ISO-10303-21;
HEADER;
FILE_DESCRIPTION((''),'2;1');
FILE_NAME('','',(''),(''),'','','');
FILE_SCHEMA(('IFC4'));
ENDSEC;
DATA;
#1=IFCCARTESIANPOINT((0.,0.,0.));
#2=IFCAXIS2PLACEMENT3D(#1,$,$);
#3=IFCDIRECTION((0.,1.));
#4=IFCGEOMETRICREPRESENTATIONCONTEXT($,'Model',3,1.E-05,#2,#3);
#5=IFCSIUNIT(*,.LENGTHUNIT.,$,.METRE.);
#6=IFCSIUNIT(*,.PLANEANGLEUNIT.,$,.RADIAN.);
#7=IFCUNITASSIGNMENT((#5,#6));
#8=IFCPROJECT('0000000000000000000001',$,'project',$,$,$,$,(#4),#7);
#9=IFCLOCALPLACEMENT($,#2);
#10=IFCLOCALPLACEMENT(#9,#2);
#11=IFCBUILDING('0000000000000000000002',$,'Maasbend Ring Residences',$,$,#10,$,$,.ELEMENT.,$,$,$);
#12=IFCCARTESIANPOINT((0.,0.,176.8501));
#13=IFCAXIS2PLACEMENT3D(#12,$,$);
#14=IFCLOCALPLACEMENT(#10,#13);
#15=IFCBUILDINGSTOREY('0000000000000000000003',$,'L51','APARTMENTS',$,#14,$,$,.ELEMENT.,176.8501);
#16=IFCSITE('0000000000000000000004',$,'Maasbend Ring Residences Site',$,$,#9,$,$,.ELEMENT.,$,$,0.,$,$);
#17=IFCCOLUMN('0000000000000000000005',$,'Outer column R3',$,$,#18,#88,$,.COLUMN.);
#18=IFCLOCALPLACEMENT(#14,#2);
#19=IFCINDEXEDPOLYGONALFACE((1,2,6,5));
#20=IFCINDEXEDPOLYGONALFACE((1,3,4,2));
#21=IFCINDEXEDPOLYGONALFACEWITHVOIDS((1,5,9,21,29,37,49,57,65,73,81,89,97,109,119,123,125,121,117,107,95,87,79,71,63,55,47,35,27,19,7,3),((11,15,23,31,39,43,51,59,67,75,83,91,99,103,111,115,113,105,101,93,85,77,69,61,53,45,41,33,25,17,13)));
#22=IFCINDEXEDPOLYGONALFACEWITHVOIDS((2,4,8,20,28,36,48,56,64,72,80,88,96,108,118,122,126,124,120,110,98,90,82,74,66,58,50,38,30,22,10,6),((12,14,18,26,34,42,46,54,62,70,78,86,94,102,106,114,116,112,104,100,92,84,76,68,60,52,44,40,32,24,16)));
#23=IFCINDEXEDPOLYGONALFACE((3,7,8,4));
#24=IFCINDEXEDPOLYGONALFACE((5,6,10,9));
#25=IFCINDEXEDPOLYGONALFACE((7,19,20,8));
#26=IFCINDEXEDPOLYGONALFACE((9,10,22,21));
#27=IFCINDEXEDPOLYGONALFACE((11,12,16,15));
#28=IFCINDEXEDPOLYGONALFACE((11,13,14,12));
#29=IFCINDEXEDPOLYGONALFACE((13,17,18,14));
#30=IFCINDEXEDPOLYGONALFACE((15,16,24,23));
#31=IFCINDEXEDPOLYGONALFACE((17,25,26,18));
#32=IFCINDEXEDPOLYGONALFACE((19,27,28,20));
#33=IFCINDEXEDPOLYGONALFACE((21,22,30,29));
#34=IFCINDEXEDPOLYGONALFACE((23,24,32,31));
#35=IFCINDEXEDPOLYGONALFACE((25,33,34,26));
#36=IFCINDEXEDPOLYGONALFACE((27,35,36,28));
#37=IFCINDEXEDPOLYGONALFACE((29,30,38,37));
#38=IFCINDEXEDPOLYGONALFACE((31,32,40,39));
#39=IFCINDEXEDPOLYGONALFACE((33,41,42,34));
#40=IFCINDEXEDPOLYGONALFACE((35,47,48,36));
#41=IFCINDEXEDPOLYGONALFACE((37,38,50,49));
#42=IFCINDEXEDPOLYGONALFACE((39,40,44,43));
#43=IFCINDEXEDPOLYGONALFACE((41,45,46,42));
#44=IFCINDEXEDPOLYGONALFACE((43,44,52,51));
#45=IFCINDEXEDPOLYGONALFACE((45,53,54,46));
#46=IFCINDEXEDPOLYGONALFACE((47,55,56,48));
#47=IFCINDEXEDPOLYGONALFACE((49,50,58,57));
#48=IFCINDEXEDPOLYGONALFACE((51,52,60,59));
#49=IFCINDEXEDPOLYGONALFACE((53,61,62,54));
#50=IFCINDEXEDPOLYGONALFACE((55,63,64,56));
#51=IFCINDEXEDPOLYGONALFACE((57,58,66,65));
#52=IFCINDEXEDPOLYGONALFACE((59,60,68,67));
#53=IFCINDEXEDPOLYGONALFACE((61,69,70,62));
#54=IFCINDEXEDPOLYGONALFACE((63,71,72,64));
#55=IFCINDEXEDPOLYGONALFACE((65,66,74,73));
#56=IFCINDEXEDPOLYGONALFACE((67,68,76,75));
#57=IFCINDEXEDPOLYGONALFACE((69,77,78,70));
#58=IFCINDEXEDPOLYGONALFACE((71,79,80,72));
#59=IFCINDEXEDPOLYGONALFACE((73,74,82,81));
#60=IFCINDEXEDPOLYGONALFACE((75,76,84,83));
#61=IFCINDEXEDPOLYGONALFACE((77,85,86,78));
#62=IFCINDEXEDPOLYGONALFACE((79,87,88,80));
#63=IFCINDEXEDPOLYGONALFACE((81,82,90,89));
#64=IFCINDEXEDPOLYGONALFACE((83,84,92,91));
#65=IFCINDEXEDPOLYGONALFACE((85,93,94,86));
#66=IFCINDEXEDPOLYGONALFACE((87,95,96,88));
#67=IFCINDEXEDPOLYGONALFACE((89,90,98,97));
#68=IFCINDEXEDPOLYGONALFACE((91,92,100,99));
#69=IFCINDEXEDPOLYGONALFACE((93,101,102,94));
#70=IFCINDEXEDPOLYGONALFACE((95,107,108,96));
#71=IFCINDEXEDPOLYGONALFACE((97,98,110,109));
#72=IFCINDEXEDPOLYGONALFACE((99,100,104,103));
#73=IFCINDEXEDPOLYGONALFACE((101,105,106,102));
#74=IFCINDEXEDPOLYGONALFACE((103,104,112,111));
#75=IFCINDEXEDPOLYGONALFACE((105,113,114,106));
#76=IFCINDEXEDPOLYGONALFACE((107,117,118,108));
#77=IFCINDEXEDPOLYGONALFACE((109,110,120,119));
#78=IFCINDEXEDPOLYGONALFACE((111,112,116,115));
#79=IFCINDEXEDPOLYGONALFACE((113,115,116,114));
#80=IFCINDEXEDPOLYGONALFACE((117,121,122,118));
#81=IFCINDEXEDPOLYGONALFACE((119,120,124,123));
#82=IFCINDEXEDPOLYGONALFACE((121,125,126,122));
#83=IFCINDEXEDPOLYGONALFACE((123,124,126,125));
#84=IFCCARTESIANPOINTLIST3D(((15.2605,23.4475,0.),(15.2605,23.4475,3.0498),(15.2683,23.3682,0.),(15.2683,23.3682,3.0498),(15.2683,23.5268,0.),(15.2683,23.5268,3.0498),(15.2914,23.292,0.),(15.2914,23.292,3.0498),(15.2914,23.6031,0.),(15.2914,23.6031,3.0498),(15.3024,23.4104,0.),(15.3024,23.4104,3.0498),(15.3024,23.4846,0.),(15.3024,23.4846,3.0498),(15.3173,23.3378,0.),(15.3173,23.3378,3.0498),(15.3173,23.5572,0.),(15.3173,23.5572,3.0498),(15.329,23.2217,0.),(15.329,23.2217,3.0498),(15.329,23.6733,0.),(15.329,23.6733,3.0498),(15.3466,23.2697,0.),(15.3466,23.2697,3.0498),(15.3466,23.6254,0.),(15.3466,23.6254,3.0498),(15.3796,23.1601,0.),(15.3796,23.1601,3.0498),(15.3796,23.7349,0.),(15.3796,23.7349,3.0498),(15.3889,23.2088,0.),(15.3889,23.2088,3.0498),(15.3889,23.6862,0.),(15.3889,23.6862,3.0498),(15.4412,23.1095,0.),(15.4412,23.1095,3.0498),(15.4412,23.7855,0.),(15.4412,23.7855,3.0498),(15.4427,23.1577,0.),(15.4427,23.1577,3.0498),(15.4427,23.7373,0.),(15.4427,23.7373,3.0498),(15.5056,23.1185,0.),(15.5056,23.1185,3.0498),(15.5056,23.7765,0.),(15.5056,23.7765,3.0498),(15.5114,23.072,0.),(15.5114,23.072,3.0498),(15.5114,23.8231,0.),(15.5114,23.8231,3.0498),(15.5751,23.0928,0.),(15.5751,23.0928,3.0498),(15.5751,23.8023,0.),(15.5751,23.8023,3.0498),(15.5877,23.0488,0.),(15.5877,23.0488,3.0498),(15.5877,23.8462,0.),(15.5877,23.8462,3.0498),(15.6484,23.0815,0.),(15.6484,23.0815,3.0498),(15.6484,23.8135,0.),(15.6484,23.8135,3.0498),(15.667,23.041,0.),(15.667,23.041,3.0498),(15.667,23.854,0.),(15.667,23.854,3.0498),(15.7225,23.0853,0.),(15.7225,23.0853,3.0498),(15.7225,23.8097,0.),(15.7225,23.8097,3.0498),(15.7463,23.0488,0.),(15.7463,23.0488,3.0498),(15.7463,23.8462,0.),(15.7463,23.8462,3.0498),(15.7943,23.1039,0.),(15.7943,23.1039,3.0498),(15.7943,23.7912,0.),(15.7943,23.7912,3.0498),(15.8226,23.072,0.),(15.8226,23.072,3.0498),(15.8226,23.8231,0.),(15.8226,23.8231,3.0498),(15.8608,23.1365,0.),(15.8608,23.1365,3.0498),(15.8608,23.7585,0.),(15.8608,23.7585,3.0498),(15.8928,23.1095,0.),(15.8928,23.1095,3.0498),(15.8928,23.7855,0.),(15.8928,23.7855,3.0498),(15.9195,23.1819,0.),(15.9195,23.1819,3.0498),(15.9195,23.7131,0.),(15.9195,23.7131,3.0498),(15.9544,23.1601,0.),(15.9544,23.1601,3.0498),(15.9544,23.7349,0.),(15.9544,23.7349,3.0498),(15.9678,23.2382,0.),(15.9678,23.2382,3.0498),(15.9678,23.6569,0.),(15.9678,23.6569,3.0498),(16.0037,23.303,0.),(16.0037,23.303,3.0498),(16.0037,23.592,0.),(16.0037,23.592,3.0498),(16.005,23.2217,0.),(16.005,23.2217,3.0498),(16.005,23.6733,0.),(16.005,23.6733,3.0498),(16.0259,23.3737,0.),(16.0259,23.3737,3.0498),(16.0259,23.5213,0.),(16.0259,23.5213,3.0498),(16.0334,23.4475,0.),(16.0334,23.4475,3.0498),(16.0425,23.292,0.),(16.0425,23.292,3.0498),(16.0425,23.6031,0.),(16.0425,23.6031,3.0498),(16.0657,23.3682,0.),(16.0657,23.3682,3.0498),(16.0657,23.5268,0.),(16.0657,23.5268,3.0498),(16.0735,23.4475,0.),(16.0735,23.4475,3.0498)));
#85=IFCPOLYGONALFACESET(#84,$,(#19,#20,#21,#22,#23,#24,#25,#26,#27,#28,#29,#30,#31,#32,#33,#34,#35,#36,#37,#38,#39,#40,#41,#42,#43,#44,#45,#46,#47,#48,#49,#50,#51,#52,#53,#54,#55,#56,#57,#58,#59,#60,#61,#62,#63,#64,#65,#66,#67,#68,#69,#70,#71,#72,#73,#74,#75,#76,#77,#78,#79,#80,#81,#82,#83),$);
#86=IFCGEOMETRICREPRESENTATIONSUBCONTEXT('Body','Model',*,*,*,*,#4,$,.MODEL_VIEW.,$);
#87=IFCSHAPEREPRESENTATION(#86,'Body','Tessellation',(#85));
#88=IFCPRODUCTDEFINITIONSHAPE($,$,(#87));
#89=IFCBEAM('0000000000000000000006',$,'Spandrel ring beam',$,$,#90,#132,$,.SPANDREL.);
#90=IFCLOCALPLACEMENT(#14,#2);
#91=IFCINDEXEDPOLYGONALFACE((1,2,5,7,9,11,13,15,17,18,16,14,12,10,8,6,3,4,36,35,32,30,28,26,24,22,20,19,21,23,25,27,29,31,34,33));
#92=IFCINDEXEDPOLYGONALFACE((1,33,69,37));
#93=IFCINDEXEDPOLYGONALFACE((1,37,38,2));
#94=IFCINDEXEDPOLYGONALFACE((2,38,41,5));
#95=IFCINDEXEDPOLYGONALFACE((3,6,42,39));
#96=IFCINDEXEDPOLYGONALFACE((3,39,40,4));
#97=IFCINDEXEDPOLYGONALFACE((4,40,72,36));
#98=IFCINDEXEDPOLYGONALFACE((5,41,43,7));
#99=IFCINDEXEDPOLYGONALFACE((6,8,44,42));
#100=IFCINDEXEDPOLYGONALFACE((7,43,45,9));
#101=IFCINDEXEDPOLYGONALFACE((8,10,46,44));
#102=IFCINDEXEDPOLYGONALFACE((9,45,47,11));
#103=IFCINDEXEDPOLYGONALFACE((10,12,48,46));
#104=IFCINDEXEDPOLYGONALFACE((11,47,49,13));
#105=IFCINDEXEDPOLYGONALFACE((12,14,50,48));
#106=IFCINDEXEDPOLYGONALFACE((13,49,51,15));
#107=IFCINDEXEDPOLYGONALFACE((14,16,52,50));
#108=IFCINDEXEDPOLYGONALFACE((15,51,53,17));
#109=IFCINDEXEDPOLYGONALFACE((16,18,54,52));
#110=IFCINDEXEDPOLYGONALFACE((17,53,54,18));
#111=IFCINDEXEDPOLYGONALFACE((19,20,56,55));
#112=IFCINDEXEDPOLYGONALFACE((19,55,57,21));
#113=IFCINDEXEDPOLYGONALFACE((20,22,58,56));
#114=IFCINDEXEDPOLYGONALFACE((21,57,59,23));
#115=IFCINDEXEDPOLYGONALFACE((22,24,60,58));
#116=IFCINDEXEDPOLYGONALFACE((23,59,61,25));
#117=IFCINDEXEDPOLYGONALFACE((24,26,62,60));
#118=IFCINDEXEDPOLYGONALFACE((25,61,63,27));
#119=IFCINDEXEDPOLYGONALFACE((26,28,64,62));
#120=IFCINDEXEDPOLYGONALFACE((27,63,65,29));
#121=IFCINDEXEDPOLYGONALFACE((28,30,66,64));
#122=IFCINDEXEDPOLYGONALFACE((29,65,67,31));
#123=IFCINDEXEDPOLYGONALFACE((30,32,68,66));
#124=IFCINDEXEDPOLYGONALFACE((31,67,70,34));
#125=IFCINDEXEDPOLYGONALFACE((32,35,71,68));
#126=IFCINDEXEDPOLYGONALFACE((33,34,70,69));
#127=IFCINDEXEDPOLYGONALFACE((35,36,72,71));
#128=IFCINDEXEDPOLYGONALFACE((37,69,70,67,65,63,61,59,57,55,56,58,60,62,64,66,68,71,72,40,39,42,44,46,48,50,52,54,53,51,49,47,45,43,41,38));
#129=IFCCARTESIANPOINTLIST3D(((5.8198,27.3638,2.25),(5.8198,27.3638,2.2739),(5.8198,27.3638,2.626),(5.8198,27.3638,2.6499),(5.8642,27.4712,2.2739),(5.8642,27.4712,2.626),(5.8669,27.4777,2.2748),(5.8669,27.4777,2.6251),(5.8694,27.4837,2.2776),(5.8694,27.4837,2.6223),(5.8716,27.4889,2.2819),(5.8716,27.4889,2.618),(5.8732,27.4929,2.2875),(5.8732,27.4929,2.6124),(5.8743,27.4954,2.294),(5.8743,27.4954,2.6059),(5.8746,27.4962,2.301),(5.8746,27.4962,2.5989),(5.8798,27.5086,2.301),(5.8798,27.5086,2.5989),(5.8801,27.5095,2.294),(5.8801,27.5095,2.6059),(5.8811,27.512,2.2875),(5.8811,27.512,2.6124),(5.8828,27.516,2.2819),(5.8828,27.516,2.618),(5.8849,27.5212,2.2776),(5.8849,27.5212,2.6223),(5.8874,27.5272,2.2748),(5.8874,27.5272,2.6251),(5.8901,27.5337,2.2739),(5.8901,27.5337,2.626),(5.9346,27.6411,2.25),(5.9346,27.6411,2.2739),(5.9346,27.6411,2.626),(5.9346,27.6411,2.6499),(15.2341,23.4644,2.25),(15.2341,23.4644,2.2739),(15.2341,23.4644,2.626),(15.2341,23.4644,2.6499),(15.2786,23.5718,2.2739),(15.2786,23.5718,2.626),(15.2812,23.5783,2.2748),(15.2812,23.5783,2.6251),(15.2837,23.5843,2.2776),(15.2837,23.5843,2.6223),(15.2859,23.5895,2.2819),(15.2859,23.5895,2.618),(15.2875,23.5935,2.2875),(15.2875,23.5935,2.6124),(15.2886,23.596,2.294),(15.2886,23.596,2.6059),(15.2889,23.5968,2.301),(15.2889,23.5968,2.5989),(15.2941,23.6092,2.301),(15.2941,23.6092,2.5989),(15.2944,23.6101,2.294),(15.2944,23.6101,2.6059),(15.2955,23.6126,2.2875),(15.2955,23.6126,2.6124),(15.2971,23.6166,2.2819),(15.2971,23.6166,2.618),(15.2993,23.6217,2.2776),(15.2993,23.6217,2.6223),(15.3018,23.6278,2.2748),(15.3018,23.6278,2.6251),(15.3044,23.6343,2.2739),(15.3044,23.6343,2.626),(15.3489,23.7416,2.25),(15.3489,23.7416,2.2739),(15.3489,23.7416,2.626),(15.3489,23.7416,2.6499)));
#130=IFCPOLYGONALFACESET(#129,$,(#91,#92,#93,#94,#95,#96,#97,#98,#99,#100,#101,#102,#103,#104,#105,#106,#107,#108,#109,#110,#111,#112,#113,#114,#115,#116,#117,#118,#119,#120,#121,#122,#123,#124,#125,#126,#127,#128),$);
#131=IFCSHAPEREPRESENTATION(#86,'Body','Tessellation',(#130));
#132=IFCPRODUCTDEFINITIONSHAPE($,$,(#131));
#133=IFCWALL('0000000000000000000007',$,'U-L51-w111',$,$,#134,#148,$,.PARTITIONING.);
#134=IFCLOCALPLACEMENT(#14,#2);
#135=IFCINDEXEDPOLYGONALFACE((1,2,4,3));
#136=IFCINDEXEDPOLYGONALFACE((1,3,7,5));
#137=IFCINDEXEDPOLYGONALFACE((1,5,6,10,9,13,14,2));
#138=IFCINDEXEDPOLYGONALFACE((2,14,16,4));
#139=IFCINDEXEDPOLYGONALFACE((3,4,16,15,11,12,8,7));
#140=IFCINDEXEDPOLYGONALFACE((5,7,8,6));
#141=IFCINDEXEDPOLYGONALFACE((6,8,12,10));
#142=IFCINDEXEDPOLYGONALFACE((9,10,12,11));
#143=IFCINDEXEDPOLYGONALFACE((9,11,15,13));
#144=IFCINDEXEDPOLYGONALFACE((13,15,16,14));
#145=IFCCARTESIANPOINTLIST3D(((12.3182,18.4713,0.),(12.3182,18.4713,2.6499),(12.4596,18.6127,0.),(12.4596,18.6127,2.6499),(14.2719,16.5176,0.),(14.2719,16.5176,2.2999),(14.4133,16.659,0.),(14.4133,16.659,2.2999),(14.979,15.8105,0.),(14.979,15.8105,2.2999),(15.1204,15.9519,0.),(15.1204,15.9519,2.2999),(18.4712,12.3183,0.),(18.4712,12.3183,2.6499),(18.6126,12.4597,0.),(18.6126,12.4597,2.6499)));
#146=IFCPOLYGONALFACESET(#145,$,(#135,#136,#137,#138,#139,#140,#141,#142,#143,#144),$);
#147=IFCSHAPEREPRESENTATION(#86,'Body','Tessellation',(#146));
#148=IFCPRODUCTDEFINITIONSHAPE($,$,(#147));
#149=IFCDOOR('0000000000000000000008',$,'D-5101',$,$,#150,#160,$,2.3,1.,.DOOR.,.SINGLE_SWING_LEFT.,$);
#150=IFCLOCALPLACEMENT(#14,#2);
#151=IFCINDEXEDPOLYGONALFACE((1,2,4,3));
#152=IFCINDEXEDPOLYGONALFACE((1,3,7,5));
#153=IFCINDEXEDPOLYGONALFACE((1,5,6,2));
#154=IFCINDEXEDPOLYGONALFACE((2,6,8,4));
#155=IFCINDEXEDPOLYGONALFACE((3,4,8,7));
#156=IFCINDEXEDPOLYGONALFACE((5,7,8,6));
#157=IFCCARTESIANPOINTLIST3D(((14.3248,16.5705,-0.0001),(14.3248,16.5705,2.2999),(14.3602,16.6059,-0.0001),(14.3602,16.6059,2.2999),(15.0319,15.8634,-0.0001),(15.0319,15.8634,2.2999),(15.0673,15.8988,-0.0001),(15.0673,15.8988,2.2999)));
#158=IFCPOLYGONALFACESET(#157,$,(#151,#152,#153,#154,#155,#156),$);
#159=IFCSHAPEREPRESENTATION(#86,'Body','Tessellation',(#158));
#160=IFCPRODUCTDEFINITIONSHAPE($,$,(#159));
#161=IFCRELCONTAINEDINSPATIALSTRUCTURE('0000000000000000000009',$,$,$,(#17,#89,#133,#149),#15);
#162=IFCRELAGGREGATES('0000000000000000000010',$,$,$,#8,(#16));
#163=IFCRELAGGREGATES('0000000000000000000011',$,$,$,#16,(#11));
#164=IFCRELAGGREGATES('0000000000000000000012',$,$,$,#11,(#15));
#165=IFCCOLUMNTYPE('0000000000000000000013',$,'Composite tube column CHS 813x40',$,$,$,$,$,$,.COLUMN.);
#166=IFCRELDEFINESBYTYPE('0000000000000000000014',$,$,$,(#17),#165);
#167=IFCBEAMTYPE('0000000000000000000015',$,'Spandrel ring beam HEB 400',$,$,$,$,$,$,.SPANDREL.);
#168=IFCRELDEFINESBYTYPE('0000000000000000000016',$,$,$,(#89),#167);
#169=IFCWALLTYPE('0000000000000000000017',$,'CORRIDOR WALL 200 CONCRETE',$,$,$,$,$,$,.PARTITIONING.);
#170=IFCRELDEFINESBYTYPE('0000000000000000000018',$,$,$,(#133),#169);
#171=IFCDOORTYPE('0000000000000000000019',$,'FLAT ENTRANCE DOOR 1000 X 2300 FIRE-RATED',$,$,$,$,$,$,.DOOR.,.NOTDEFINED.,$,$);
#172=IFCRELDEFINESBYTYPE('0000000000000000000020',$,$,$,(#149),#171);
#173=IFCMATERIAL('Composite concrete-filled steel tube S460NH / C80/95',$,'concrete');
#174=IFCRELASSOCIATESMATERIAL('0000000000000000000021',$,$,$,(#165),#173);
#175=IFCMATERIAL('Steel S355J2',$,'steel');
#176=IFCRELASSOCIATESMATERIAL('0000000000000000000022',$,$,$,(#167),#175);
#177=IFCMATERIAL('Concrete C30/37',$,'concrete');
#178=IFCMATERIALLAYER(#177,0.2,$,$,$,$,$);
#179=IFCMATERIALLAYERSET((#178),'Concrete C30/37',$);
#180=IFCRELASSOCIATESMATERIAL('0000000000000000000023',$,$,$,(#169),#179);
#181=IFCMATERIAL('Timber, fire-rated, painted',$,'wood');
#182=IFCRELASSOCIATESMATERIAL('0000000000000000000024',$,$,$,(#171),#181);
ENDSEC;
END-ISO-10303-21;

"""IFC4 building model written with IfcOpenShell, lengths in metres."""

from ifc_helpers import new_model, si_unit, direction, frame, frame_2d, origin, origin_2d, place, context, subcontext, project, spatial, rectangle, hollow_circle, i_section, extrude, material, layer, layer_set, material_profile, profile_set, type_object, element, fill, save


model = new_model("IFC4")

# Units and contexts
model_context = context("Model", 3, precision=1e-05, world=origin(), true_north=direction((0.0, 1.0)))
body_context = subcontext(model_context, "Body", "Model", "MODEL_VIEW")
ifc_project = project(units=[si_unit("LENGTHUNIT", "METRE"), si_unit("PLANEANGLEUNIT", "RADIAN")], contexts=[model_context])

# Site, building, storey
site_placement = place(None, origin())
site = spatial("IfcSite", under=ifc_project, at=site_placement, Name="Maasbend Ring Residences Site", CompositionType="ELEMENT", RefElevation=0.0)
building_placement = place(site_placement, origin())
building = spatial("IfcBuilding", under=site, at=building_placement, Name="Maasbend Ring Residences", CompositionType="ELEMENT")
storey_placement = place(building_placement, frame((0.0, 0.0, 176.8501)))
storey = spatial("IfcBuildingStorey", under=building, at=storey_placement, Name="L51", Description="APARTMENTS", CompositionType="ELEMENT", Elevation=176.8501)

# Column
ifc_material_1 = material(Name="Composite concrete-filled steel tube S460NH / C80/95", Category="concrete")
ifc_material_profile_1 = material_profile(ifc_material_1, hollow_circle(Radius=0.4065, WallThickness=0.04, at=origin_2d()), Name="Composite tube column CHS 813x40")
ifc_profile_set_1 = profile_set([ifc_material_profile_1], Name="Composite concrete-filled steel tube S460NH / C80/95")
column_type = type_object("IfcColumnType", Name="Composite tube column CHS 813x40", PredefinedType="COLUMN", material=ifc_profile_set_1)
column_placement = place(storey_placement, frame((15.667, 23.4475, 0.0), z_axis=(0.0, 0.0, 1.0), x_axis=(1.0, 0.0, 0.0)))
element("IfcColumn", 1, at=column_placement, inside=storey, type_object=column_type, Name="Outer column R3", PredefinedType="COLUMN", context=body_context, shape_type="SweptSolid", body=[
    extrude(hollow_circle(Radius=0.4065, WallThickness=0.04, at=origin_2d()), origin(), (0.0, 0.0, 1.0), 3.0498),
])

# Beam
ifc_material_2 = material(Name="Steel S355J2", Category="steel")
ifc_material_profile_2 = material_profile(ifc_material_2, i_section(OverallWidth=0.3, OverallDepth=0.3999, WebThickness=0.0134, FlangeThickness=0.0239, FilletRadius=0.0271, at=origin_2d()), Name="HEB 400")
ifc_profile_set_2 = profile_set([ifc_material_profile_2], Name="Steel S355J2")
beam_type = type_object("IfcBeamType", Name="Spandrel ring beam HEB 400", PredefinedType="SPANDREL", material=ifc_profile_set_2)
beam_placement = place(storey_placement, frame((15.2915, 23.603, 2.45), z_axis=(-0.923884, 0.382673, 0.0), x_axis=(-0.382673, -0.923884, 0.0)))
element("IfcBeam", 2, at=beam_placement, inside=storey, type_object=beam_type, Name="Spandrel ring beam", PredefinedType="SPANDREL", context=body_context, shape_type="SweptSolid", body=[
    extrude(i_section(OverallWidth=0.3, OverallDepth=0.3999, WebThickness=0.0134, FlangeThickness=0.0239, FilletRadius=0.0271, at=origin_2d()), origin(), (0.0, 0.0, 1.0), 10.1899),
])

# Wall, opening, door
ifc_material_3 = material(Name="Concrete C30/37", Category="concrete")
ifc_layer_1 = layer(ifc_material_3, 0.2)
ifc_layer_set_1 = layer_set([ifc_layer_1], Name="Concrete C30/37")
wall_type_1 = type_object("IfcWallType", Name="CORRIDOR WALL 200 CONCRETE", PredefinedType="PARTITIONING", material=ifc_layer_set_1)
wall_1_placement = place(storey_placement, frame((12.3889, 18.542, 0.0), z_axis=(0.0, 0.0, 1.0), x_axis=(0.707107, -0.707107, 0.0)))
wall_1 = element("IfcWall", 3, at=wall_1_placement, inside=storey, type_object=wall_type_1, Name="U-L51-w111", PredefinedType="PARTITIONING", context=body_context, shape_type="SweptSolid", body=[
    extrude(rectangle(XDim=8.7017, YDim=0.2, at=frame_2d((4.3508, 0.0))), origin(), (0.0, 0.0, 1.0), 2.6499),
])
opening_1_placement = place(wall_1_placement, frame((2.7629, 0.0, 0.0)))
opening_1 = element("IfcOpeningElement", 4, at=opening_1_placement, cuts=wall_1, PredefinedType="OPENING", context=body_context, shape_type="SweptSolid", body=[
    extrude(rectangle(XDim=1.0, YDim=2.3, at=frame_2d((0.5, 1.1499))), frame((0.0, 0.1099, 0.0), z_axis=(0.0, -1.0, 0.0), x_axis=(1.0, 0.0, 0.0)), (0.0, 0.0, 1.0), 0.22),
])
ifc_material_4 = material(Name="Timber, fire-rated, painted", Category="wood")
door_type_1 = type_object("IfcDoorType", Name="FLAT ENTRANCE DOOR 1000 X 2300 FIRE-RATED", OperationType="NOTDEFINED", PredefinedType="DOOR", material=ifc_material_4)
door_1_placement = place(opening_1_placement, origin())
door_1 = element("IfcDoor", 5, at=door_1_placement, inside=storey, type_object=door_type_1, Name="D-5101", OperationType="SINGLE_SWING_LEFT", OverallHeight=2.3, OverallWidth=1.0, PredefinedType="DOOR", context=body_context, shape_type="SweptSolid", body=[
    extrude(rectangle(XDim=1.0, YDim=2.3, at=frame_2d((0.5, 1.1499))), frame((0.0, 0.0249, 0.0), z_axis=(0.0, -1.0, 0.0), x_axis=(1.0, 0.0, 0.0)), (0.0, 0.0, 1.0), 0.05),
])
fill(opening_1, door_1)

save(model, "model.ifc")
